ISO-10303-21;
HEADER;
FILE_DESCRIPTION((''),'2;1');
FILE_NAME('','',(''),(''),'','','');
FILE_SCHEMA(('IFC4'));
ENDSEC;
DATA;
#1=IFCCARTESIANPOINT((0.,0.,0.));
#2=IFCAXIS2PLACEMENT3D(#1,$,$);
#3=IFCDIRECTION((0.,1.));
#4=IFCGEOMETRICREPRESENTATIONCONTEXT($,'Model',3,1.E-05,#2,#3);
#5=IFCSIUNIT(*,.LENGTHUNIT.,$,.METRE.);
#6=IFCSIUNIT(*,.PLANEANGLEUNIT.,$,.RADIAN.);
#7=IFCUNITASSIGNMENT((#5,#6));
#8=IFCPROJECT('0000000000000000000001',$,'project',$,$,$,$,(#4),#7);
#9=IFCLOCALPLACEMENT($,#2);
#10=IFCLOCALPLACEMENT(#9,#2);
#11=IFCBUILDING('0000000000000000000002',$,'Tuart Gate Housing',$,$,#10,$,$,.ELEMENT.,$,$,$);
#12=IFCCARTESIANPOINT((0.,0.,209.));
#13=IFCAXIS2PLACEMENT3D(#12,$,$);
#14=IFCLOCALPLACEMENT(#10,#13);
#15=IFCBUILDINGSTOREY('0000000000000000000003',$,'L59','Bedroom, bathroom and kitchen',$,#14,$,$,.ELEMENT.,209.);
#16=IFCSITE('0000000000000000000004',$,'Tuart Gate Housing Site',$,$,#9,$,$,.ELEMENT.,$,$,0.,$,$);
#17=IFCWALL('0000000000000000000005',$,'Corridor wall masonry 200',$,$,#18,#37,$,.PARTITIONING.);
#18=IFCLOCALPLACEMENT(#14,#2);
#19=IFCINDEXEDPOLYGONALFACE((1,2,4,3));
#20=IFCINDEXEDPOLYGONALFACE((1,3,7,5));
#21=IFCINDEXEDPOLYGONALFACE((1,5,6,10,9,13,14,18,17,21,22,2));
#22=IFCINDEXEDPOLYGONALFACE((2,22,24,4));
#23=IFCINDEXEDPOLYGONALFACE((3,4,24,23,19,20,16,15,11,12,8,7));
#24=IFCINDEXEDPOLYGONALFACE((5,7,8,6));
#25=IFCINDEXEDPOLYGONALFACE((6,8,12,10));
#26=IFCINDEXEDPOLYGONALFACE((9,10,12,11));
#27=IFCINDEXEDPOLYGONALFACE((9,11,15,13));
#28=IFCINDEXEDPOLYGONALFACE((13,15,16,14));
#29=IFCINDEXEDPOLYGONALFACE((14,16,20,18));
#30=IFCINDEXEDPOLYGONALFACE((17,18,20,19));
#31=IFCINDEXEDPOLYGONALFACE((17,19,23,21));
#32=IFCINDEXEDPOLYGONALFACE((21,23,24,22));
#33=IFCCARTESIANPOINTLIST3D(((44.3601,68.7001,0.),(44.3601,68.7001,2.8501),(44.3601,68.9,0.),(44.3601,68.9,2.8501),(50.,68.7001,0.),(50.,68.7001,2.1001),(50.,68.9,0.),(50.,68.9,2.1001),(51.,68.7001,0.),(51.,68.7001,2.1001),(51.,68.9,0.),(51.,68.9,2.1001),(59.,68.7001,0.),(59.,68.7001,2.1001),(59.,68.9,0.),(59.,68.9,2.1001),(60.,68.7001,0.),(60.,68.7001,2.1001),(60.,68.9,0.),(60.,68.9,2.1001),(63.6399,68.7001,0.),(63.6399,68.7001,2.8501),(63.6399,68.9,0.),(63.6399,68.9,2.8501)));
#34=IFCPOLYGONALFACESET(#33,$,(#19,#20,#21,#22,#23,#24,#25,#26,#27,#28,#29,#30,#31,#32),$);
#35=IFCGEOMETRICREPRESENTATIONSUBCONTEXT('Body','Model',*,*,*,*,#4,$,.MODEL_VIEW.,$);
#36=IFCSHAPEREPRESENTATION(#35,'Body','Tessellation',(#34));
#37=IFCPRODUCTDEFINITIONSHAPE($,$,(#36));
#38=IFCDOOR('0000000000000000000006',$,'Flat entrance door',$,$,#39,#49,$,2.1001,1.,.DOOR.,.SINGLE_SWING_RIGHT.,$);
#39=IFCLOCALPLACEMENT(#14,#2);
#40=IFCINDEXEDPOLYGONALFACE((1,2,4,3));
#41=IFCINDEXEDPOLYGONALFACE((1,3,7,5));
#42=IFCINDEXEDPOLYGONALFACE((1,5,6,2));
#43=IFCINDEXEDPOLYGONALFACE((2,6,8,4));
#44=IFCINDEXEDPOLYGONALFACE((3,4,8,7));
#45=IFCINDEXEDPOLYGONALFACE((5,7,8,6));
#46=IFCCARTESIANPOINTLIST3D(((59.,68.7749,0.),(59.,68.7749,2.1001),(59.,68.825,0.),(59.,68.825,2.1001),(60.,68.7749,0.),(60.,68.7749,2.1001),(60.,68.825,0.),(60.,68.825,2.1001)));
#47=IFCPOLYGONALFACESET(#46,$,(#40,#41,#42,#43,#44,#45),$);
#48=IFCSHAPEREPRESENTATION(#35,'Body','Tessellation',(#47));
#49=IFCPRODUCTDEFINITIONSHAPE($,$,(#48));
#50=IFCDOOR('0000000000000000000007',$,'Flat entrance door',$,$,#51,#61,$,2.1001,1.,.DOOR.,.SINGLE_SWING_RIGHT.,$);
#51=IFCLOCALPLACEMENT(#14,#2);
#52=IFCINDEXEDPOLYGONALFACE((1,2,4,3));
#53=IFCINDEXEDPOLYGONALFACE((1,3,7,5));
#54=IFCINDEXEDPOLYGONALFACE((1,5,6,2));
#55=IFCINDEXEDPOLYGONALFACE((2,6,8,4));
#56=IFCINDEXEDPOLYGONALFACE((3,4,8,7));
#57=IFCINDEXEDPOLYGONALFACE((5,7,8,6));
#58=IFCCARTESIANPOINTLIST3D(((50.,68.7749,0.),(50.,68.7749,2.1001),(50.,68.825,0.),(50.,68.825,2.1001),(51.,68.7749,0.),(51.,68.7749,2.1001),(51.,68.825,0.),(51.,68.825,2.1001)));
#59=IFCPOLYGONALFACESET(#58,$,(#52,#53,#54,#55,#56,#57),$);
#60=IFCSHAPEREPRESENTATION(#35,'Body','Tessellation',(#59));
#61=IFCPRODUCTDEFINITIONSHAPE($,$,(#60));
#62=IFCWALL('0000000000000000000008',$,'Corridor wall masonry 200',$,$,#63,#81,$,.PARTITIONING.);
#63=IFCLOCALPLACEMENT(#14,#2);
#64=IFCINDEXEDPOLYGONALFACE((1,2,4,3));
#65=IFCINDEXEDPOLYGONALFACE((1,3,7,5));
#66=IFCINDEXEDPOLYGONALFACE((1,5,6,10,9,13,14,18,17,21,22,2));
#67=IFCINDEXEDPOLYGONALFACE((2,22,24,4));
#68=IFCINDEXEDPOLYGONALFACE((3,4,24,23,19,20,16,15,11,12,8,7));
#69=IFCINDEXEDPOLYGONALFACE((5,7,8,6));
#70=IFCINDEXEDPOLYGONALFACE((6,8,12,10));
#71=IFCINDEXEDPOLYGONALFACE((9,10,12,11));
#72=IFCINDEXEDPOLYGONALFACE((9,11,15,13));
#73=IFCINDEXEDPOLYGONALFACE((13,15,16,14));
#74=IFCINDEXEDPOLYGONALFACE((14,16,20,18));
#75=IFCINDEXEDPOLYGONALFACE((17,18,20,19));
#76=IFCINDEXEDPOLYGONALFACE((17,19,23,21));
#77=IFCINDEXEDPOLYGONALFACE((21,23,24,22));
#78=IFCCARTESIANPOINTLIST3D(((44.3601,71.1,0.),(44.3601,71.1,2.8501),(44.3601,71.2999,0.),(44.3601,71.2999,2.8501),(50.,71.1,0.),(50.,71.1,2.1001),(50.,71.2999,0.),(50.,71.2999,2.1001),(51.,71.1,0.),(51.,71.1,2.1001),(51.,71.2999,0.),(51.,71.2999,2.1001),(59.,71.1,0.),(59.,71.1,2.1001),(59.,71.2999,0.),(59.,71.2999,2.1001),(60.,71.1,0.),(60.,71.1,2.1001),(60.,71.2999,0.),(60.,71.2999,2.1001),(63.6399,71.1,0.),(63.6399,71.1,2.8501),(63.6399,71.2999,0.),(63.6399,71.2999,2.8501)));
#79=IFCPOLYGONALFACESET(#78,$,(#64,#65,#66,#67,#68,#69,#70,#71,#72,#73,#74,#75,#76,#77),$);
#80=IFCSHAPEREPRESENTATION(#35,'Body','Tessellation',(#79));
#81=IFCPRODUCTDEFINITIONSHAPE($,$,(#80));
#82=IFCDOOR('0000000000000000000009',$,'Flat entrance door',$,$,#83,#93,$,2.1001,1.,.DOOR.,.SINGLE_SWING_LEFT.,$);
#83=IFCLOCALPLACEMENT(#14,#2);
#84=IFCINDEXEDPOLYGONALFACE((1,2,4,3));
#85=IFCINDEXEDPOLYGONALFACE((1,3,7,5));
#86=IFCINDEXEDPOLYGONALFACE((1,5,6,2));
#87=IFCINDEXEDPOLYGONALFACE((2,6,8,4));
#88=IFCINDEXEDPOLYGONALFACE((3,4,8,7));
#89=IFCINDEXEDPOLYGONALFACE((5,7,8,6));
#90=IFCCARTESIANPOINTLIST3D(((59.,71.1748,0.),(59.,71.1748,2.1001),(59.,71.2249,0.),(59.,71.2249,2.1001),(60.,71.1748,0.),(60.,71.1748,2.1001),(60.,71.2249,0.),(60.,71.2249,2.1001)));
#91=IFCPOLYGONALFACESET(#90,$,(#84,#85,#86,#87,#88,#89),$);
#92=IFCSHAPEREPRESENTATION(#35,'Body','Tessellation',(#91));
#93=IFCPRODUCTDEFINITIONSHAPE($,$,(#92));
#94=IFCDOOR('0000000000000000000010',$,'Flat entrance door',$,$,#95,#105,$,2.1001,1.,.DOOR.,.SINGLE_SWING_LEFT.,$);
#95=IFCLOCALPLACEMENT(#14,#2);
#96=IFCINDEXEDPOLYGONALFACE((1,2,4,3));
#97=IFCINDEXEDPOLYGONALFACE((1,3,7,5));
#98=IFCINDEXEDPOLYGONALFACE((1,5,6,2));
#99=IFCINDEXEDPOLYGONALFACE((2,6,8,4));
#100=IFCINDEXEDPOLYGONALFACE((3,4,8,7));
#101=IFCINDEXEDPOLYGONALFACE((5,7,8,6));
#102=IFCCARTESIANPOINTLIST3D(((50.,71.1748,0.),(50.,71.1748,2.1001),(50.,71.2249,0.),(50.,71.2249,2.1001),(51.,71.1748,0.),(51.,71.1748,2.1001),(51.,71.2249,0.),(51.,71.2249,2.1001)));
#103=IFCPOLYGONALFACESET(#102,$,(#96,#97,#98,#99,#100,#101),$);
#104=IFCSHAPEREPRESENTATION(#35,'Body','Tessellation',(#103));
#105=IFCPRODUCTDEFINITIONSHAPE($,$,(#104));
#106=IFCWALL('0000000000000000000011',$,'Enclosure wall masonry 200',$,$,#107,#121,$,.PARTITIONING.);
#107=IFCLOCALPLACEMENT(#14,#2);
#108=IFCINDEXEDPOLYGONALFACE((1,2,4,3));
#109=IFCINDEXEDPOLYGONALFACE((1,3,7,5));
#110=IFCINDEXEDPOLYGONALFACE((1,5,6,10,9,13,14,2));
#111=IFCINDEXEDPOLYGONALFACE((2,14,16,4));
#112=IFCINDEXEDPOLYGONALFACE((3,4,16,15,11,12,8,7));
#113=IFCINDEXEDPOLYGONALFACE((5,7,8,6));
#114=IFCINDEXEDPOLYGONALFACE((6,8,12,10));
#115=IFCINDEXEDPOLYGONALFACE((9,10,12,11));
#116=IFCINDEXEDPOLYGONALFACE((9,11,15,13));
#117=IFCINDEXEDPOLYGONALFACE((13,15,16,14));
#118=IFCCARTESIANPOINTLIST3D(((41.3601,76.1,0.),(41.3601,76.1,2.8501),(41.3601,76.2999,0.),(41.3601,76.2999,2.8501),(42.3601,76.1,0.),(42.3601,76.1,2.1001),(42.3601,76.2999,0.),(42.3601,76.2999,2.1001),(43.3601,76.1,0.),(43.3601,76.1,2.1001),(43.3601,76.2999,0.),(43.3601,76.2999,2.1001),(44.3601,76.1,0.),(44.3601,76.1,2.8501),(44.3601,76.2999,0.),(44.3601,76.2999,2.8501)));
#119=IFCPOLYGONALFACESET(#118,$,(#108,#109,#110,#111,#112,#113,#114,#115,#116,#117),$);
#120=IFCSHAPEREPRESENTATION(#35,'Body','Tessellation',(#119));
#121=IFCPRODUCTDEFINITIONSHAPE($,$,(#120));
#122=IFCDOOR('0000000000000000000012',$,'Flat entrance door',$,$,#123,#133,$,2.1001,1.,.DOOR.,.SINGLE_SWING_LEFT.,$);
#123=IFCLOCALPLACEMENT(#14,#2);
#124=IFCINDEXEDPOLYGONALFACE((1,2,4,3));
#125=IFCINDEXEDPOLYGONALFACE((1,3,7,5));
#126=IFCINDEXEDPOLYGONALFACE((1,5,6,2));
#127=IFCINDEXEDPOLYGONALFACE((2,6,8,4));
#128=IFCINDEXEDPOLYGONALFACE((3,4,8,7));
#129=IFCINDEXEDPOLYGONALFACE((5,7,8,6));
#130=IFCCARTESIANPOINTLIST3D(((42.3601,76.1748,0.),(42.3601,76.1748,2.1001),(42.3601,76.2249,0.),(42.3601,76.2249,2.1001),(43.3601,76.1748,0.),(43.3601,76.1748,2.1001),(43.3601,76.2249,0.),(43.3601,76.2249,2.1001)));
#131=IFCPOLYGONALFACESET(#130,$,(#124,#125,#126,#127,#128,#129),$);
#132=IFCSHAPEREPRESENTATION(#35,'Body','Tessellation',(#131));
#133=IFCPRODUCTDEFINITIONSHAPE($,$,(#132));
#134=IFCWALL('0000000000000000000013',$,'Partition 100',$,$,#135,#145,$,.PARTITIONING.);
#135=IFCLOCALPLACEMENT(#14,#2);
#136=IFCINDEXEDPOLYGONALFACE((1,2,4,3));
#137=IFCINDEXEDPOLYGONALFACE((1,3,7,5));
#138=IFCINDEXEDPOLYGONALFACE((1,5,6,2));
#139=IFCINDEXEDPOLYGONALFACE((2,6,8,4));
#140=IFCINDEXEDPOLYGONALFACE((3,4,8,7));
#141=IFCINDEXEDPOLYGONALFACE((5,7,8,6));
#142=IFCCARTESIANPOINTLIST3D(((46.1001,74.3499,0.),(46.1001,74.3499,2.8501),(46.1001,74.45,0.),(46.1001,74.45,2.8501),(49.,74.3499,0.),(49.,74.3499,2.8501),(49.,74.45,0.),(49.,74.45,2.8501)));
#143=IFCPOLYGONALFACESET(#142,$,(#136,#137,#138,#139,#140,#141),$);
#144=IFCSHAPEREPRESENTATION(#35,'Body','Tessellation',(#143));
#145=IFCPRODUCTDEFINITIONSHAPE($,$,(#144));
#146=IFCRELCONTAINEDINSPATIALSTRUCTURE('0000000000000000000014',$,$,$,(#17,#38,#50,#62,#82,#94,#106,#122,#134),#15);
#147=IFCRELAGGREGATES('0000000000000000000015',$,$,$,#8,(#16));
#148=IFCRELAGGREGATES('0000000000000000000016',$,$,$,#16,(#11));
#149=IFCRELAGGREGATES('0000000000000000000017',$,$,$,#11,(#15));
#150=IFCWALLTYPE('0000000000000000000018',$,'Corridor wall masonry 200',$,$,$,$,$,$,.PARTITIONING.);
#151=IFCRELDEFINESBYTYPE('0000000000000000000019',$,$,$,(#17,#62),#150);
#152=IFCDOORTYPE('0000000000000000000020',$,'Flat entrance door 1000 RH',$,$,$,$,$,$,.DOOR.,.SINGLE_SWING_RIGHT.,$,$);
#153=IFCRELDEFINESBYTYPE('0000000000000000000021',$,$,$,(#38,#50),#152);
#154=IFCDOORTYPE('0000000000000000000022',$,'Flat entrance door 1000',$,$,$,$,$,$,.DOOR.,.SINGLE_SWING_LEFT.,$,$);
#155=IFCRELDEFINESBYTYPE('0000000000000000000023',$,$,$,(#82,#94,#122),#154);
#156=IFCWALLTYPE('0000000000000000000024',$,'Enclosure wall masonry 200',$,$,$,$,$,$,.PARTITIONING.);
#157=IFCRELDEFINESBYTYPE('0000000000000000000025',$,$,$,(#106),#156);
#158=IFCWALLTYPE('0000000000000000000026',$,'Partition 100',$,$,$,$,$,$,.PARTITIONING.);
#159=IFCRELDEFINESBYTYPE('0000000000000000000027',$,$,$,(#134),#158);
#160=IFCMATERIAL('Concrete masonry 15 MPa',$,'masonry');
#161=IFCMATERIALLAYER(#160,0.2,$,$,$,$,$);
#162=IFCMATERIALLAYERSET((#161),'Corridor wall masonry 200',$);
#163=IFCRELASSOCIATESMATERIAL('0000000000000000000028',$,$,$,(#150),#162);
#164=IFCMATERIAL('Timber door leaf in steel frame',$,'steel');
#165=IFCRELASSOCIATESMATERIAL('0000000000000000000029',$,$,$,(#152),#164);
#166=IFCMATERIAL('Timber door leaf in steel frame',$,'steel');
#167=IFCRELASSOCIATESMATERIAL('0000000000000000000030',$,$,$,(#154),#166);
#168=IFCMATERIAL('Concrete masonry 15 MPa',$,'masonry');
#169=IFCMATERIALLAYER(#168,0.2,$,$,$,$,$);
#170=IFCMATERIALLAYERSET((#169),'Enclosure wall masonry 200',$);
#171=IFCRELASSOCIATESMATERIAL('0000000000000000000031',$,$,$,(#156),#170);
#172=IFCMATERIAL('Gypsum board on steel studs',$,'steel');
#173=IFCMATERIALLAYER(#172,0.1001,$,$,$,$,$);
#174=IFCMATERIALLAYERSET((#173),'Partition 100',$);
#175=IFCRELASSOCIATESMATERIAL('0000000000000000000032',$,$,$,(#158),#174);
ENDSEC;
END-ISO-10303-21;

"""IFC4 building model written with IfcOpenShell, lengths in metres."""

from ifc_helpers import new_model, si_unit, direction, frame, frame_2d, origin, place, context, subcontext, project, spatial, rectangle, extrude, material, layer, layer_set, type_object, element, fill, save


model = new_model("IFC4")

# Units and contexts
model_context = context("Model", 3, precision=1e-05, world=origin(), true_north=direction((0.0, 1.0)))
body_context = subcontext(model_context, "Body", "Model", "MODEL_VIEW")
ifc_project = project(units=[si_unit("LENGTHUNIT", "METRE"), si_unit("PLANEANGLEUNIT", "RADIAN")], contexts=[model_context])

# Site, building, storey
site_placement = place(None, origin())
site = spatial("IfcSite", under=ifc_project, at=site_placement, Name="Tuart Gate Housing Site", CompositionType="ELEMENT", RefElevation=0.0)
building_placement = place(site_placement, origin())
building = spatial("IfcBuilding", under=site, at=building_placement, Name="Tuart Gate Housing", CompositionType="ELEMENT")
storey_placement = place(building_placement, frame((0.0, 0.0, 209.0)))
storey = spatial("IfcBuildingStorey", under=building, at=storey_placement, Name="L59", Description="Bedroom, bathroom and kitchen", CompositionType="ELEMENT", Elevation=209.0)

# Walls, openings, doors
ifc_material_1 = material(Name="Concrete masonry 15 MPa", Category="masonry")
ifc_layer_1 = layer(ifc_material_1, 0.2)
ifc_layer_set_1 = layer_set([ifc_layer_1], Name="Corridor wall masonry 200")
wall_type_1 = type_object("IfcWallType", Name="Corridor wall masonry 200", PredefinedType="PARTITIONING", material=ifc_layer_set_1)
wall_1_placement = place(storey_placement, frame((44.3601, 68.8, 0.0), z_axis=(0.0, 0.0, 1.0), x_axis=(1.0, 0.0, 0.0)))
wall_1 = element("IfcWall", 1, at=wall_1_placement, inside=storey, type_object=wall_type_1, Name="Corridor wall masonry 200", PredefinedType="PARTITIONING", context=body_context, shape_type="SweptSolid", body=[
    extrude(rectangle(XDim=19.2798, YDim=0.2, at=frame_2d((9.6399, 0.0))), origin(), (0.0, 0.0, 1.0), 2.8501),
])
opening_1_placement = place(wall_1_placement, frame((14.6399, 0.0, 0.0)))
opening_1 = element("IfcOpeningElement", 2, at=opening_1_placement, cuts=wall_1, PredefinedType="OPENING", context=body_context, shape_type="SweptSolid", body=[
    extrude(rectangle(XDim=1.0, YDim=2.1001, at=frame_2d((0.5, 1.05))), frame((0.0, 0.1099, 0.0), z_axis=(0.0, -1.0, 0.0), x_axis=(1.0, 0.0, 0.0)), (0.0, 0.0, 1.0), 0.22),
])
opening_2_placement = place(wall_1_placement, frame((5.6399, 0.0, 0.0)))
opening_2 = element("IfcOpeningElement", 3, at=opening_2_placement, cuts=wall_1, PredefinedType="OPENING", context=body_context, shape_type="SweptSolid", body=[
    extrude(rectangle(XDim=1.0, YDim=2.1001, at=frame_2d((0.5, 1.05))), frame((0.0, 0.1099, 0.0), z_axis=(0.0, -1.0, 0.0), x_axis=(1.0, 0.0, 0.0)), (0.0, 0.0, 1.0), 0.22),
])
ifc_material_2 = material(Name="Timber door leaf in steel frame", Category="steel")
door_type_1 = type_object("IfcDoorType", Name="Flat entrance door 1000 RH", OperationType="SINGLE_SWING_RIGHT", PredefinedType="DOOR", material=ifc_material_2)
door_1_placement = place(opening_1_placement, frame((1.0, 0.0, 0.0), z_axis=(0.0, 0.0, 1.0), x_axis=(-1.0, 0.0, 0.0)))
door_1 = element("IfcDoor", 4, at=door_1_placement, inside=storey, type_object=door_type_1, Name="Flat entrance door", OperationType="SINGLE_SWING_RIGHT", OverallHeight=2.1001, OverallWidth=1.0, PredefinedType="DOOR", context=body_context, shape_type="SweptSolid", body=[
    extrude(rectangle(XDim=1.0, YDim=2.1001, at=frame_2d((0.5, 1.05))), frame((0.0, 0.0251, 0.0), z_axis=(0.0, -1.0, 0.0), x_axis=(1.0, 0.0, 0.0)), (0.0, 0.0, 1.0), 0.05),
])
fill(opening_1, door_1)
door_2_placement = place(opening_2_placement, frame((1.0, 0.0, 0.0), z_axis=(0.0, 0.0, 1.0), x_axis=(-1.0, 0.0, 0.0)))
door_2 = element("IfcDoor", 5, at=door_2_placement, inside=storey, type_object=door_type_1, Name="Flat entrance door", OperationType="SINGLE_SWING_RIGHT", OverallHeight=2.1001, OverallWidth=1.0, PredefinedType="DOOR", context=body_context, shape_type="SweptSolid", body=[
    extrude(rectangle(XDim=1.0, YDim=2.1001, at=frame_2d((0.5, 1.05))), frame((0.0, 0.0251, 0.0), z_axis=(0.0, -1.0, 0.0), x_axis=(1.0, 0.0, 0.0)), (0.0, 0.0, 1.0), 0.05),
])
fill(opening_2, door_2)
wall_2_placement = place(storey_placement, frame((44.3601, 71.2, 0.0), z_axis=(0.0, 0.0, 1.0), x_axis=(1.0, 0.0, 0.0)))
wall_2 = element("IfcWall", 6, at=wall_2_placement, inside=storey, type_object=wall_type_1, Name="Corridor wall masonry 200", PredefinedType="PARTITIONING", context=body_context, shape_type="SweptSolid", body=[
    extrude(rectangle(XDim=19.2798, YDim=0.2, at=frame_2d((9.6399, 0.0))), origin(), (0.0, 0.0, 1.0), 2.8501),
])
opening_3_placement = place(wall_2_placement, frame((14.6399, 0.0, 0.0)))
opening_3 = element("IfcOpeningElement", 7, at=opening_3_placement, cuts=wall_2, PredefinedType="OPENING", context=body_context, shape_type="SweptSolid", body=[
    extrude(rectangle(XDim=1.0, YDim=2.1001, at=frame_2d((0.5, 1.05))), frame((0.0, 0.1099, 0.0), z_axis=(0.0, -1.0, 0.0), x_axis=(1.0, 0.0, 0.0)), (0.0, 0.0, 1.0), 0.22),
])
opening_4_placement = place(wall_2_placement, frame((5.6399, 0.0, 0.0)))
opening_4 = element("IfcOpeningElement", 8, at=opening_4_placement, cuts=wall_2, PredefinedType="OPENING", context=body_context, shape_type="SweptSolid", body=[
    extrude(rectangle(XDim=1.0, YDim=2.1001, at=frame_2d((0.5, 1.05))), frame((0.0, 0.1099, 0.0), z_axis=(0.0, -1.0, 0.0), x_axis=(1.0, 0.0, 0.0)), (0.0, 0.0, 1.0), 0.22),
])
ifc_material_3 = material(Name="Timber door leaf in steel frame", Category="steel")
door_type_2 = type_object("IfcDoorType", Name="Flat entrance door 1000", OperationType="SINGLE_SWING_LEFT", PredefinedType="DOOR", material=ifc_material_3)
door_3_placement = place(opening_3_placement, origin())
door_3 = element("IfcDoor", 9, at=door_3_placement, inside=storey, type_object=door_type_2, Name="Flat entrance door", OperationType="SINGLE_SWING_LEFT", OverallHeight=2.1001, OverallWidth=1.0, PredefinedType="DOOR", context=body_context, shape_type="SweptSolid", body=[
    extrude(rectangle(XDim=1.0, YDim=2.1001, at=frame_2d((0.5, 1.05))), frame((0.0, 0.0249, 0.0), z_axis=(0.0, -1.0, 0.0), x_axis=(1.0, 0.0, 0.0)), (0.0, 0.0, 1.0), 0.05),
])
fill(opening_3, door_3)
door_4_placement = place(opening_4_placement, origin())
door_4 = element("IfcDoor", 10, at=door_4_placement, inside=storey, type_object=door_type_2, Name="Flat entrance door", OperationType="SINGLE_SWING_LEFT", OverallHeight=2.1001, OverallWidth=1.0, PredefinedType="DOOR", context=body_context, shape_type="SweptSolid", body=[
    extrude(rectangle(XDim=1.0, YDim=2.1001, at=frame_2d((0.5, 1.05))), frame((0.0, 0.0249, 0.0), z_axis=(0.0, -1.0, 0.0), x_axis=(1.0, 0.0, 0.0)), (0.0, 0.0, 1.0), 0.05),
])
fill(opening_4, door_4)

# Wall, opening, door
ifc_material_4 = material(Name="Concrete masonry 15 MPa", Category="masonry")
ifc_layer_2 = layer(ifc_material_4, 0.2)
ifc_layer_set_2 = layer_set([ifc_layer_2], Name="Enclosure wall masonry 200")
wall_type_2 = type_object("IfcWallType", Name="Enclosure wall masonry 200", PredefinedType="PARTITIONING", material=ifc_layer_set_2)
wall_3_placement = place(storey_placement, frame((41.3601, 76.2, 0.0), z_axis=(0.0, 0.0, 1.0), x_axis=(1.0, 0.0, 0.0)))
wall_3 = element("IfcWall", 11, at=wall_3_placement, inside=storey, type_object=wall_type_2, Name="Enclosure wall masonry 200", PredefinedType="PARTITIONING", context=body_context, shape_type="SweptSolid", body=[
    extrude(rectangle(XDim=3.0, YDim=0.2, at=frame_2d((1.5, 0.0))), origin(), (0.0, 0.0, 1.0), 2.8501),
])
opening_5_placement = place(wall_3_placement, frame((1.0, 0.0, 0.0)))
opening_5 = element("IfcOpeningElement", 12, at=opening_5_placement, cuts=wall_3, PredefinedType="OPENING", context=body_context, shape_type="SweptSolid", body=[
    extrude(rectangle(XDim=1.0, YDim=2.1001, at=frame_2d((0.5, 1.05))), frame((0.0, 0.1099, 0.0), z_axis=(0.0, -1.0, 0.0), x_axis=(1.0, 0.0, 0.0)), (0.0, 0.0, 1.0), 0.22),
])
door_5_placement = place(opening_5_placement, origin())
door_5 = element("IfcDoor", 13, at=door_5_placement, inside=storey, type_object=door_type_2, Name="Flat entrance door", OperationType="SINGLE_SWING_LEFT", OverallHeight=2.1001, OverallWidth=1.0, PredefinedType="DOOR", context=body_context, shape_type="SweptSolid", body=[
    extrude(rectangle(XDim=1.0, YDim=2.1001, at=frame_2d((0.5, 1.05))), frame((0.0, 0.0249, 0.0), z_axis=(0.0, -1.0, 0.0), x_axis=(1.0, 0.0, 0.0)), (0.0, 0.0, 1.0), 0.05),
])
fill(opening_5, door_5)

# Wall
ifc_material_5 = material(Name="Gypsum board on steel studs", Category="steel")
ifc_layer_3 = layer(ifc_material_5, 0.1001)
ifc_layer_set_3 = layer_set([ifc_layer_3], Name="Partition 100")
wall_type_3 = type_object("IfcWallType", Name="Partition 100", PredefinedType="PARTITIONING", material=ifc_layer_set_3)
wall_4_placement = place(storey_placement, frame((46.1001, 74.3999, 0.0), z_axis=(0.0, 0.0, 1.0), x_axis=(1.0, 0.0, 0.0)))
element("IfcWall", 14, at=wall_4_placement, inside=storey, type_object=wall_type_3, Name="Partition 100", PredefinedType="PARTITIONING", context=body_context, shape_type="SweptSolid", body=[
    extrude(rectangle(XDim=2.8999, YDim=0.1001, at=frame_2d((1.45, 0.0))), origin(), (0.0, 0.0, 1.0), 2.8501),
])

save(model, "model.ifc")
